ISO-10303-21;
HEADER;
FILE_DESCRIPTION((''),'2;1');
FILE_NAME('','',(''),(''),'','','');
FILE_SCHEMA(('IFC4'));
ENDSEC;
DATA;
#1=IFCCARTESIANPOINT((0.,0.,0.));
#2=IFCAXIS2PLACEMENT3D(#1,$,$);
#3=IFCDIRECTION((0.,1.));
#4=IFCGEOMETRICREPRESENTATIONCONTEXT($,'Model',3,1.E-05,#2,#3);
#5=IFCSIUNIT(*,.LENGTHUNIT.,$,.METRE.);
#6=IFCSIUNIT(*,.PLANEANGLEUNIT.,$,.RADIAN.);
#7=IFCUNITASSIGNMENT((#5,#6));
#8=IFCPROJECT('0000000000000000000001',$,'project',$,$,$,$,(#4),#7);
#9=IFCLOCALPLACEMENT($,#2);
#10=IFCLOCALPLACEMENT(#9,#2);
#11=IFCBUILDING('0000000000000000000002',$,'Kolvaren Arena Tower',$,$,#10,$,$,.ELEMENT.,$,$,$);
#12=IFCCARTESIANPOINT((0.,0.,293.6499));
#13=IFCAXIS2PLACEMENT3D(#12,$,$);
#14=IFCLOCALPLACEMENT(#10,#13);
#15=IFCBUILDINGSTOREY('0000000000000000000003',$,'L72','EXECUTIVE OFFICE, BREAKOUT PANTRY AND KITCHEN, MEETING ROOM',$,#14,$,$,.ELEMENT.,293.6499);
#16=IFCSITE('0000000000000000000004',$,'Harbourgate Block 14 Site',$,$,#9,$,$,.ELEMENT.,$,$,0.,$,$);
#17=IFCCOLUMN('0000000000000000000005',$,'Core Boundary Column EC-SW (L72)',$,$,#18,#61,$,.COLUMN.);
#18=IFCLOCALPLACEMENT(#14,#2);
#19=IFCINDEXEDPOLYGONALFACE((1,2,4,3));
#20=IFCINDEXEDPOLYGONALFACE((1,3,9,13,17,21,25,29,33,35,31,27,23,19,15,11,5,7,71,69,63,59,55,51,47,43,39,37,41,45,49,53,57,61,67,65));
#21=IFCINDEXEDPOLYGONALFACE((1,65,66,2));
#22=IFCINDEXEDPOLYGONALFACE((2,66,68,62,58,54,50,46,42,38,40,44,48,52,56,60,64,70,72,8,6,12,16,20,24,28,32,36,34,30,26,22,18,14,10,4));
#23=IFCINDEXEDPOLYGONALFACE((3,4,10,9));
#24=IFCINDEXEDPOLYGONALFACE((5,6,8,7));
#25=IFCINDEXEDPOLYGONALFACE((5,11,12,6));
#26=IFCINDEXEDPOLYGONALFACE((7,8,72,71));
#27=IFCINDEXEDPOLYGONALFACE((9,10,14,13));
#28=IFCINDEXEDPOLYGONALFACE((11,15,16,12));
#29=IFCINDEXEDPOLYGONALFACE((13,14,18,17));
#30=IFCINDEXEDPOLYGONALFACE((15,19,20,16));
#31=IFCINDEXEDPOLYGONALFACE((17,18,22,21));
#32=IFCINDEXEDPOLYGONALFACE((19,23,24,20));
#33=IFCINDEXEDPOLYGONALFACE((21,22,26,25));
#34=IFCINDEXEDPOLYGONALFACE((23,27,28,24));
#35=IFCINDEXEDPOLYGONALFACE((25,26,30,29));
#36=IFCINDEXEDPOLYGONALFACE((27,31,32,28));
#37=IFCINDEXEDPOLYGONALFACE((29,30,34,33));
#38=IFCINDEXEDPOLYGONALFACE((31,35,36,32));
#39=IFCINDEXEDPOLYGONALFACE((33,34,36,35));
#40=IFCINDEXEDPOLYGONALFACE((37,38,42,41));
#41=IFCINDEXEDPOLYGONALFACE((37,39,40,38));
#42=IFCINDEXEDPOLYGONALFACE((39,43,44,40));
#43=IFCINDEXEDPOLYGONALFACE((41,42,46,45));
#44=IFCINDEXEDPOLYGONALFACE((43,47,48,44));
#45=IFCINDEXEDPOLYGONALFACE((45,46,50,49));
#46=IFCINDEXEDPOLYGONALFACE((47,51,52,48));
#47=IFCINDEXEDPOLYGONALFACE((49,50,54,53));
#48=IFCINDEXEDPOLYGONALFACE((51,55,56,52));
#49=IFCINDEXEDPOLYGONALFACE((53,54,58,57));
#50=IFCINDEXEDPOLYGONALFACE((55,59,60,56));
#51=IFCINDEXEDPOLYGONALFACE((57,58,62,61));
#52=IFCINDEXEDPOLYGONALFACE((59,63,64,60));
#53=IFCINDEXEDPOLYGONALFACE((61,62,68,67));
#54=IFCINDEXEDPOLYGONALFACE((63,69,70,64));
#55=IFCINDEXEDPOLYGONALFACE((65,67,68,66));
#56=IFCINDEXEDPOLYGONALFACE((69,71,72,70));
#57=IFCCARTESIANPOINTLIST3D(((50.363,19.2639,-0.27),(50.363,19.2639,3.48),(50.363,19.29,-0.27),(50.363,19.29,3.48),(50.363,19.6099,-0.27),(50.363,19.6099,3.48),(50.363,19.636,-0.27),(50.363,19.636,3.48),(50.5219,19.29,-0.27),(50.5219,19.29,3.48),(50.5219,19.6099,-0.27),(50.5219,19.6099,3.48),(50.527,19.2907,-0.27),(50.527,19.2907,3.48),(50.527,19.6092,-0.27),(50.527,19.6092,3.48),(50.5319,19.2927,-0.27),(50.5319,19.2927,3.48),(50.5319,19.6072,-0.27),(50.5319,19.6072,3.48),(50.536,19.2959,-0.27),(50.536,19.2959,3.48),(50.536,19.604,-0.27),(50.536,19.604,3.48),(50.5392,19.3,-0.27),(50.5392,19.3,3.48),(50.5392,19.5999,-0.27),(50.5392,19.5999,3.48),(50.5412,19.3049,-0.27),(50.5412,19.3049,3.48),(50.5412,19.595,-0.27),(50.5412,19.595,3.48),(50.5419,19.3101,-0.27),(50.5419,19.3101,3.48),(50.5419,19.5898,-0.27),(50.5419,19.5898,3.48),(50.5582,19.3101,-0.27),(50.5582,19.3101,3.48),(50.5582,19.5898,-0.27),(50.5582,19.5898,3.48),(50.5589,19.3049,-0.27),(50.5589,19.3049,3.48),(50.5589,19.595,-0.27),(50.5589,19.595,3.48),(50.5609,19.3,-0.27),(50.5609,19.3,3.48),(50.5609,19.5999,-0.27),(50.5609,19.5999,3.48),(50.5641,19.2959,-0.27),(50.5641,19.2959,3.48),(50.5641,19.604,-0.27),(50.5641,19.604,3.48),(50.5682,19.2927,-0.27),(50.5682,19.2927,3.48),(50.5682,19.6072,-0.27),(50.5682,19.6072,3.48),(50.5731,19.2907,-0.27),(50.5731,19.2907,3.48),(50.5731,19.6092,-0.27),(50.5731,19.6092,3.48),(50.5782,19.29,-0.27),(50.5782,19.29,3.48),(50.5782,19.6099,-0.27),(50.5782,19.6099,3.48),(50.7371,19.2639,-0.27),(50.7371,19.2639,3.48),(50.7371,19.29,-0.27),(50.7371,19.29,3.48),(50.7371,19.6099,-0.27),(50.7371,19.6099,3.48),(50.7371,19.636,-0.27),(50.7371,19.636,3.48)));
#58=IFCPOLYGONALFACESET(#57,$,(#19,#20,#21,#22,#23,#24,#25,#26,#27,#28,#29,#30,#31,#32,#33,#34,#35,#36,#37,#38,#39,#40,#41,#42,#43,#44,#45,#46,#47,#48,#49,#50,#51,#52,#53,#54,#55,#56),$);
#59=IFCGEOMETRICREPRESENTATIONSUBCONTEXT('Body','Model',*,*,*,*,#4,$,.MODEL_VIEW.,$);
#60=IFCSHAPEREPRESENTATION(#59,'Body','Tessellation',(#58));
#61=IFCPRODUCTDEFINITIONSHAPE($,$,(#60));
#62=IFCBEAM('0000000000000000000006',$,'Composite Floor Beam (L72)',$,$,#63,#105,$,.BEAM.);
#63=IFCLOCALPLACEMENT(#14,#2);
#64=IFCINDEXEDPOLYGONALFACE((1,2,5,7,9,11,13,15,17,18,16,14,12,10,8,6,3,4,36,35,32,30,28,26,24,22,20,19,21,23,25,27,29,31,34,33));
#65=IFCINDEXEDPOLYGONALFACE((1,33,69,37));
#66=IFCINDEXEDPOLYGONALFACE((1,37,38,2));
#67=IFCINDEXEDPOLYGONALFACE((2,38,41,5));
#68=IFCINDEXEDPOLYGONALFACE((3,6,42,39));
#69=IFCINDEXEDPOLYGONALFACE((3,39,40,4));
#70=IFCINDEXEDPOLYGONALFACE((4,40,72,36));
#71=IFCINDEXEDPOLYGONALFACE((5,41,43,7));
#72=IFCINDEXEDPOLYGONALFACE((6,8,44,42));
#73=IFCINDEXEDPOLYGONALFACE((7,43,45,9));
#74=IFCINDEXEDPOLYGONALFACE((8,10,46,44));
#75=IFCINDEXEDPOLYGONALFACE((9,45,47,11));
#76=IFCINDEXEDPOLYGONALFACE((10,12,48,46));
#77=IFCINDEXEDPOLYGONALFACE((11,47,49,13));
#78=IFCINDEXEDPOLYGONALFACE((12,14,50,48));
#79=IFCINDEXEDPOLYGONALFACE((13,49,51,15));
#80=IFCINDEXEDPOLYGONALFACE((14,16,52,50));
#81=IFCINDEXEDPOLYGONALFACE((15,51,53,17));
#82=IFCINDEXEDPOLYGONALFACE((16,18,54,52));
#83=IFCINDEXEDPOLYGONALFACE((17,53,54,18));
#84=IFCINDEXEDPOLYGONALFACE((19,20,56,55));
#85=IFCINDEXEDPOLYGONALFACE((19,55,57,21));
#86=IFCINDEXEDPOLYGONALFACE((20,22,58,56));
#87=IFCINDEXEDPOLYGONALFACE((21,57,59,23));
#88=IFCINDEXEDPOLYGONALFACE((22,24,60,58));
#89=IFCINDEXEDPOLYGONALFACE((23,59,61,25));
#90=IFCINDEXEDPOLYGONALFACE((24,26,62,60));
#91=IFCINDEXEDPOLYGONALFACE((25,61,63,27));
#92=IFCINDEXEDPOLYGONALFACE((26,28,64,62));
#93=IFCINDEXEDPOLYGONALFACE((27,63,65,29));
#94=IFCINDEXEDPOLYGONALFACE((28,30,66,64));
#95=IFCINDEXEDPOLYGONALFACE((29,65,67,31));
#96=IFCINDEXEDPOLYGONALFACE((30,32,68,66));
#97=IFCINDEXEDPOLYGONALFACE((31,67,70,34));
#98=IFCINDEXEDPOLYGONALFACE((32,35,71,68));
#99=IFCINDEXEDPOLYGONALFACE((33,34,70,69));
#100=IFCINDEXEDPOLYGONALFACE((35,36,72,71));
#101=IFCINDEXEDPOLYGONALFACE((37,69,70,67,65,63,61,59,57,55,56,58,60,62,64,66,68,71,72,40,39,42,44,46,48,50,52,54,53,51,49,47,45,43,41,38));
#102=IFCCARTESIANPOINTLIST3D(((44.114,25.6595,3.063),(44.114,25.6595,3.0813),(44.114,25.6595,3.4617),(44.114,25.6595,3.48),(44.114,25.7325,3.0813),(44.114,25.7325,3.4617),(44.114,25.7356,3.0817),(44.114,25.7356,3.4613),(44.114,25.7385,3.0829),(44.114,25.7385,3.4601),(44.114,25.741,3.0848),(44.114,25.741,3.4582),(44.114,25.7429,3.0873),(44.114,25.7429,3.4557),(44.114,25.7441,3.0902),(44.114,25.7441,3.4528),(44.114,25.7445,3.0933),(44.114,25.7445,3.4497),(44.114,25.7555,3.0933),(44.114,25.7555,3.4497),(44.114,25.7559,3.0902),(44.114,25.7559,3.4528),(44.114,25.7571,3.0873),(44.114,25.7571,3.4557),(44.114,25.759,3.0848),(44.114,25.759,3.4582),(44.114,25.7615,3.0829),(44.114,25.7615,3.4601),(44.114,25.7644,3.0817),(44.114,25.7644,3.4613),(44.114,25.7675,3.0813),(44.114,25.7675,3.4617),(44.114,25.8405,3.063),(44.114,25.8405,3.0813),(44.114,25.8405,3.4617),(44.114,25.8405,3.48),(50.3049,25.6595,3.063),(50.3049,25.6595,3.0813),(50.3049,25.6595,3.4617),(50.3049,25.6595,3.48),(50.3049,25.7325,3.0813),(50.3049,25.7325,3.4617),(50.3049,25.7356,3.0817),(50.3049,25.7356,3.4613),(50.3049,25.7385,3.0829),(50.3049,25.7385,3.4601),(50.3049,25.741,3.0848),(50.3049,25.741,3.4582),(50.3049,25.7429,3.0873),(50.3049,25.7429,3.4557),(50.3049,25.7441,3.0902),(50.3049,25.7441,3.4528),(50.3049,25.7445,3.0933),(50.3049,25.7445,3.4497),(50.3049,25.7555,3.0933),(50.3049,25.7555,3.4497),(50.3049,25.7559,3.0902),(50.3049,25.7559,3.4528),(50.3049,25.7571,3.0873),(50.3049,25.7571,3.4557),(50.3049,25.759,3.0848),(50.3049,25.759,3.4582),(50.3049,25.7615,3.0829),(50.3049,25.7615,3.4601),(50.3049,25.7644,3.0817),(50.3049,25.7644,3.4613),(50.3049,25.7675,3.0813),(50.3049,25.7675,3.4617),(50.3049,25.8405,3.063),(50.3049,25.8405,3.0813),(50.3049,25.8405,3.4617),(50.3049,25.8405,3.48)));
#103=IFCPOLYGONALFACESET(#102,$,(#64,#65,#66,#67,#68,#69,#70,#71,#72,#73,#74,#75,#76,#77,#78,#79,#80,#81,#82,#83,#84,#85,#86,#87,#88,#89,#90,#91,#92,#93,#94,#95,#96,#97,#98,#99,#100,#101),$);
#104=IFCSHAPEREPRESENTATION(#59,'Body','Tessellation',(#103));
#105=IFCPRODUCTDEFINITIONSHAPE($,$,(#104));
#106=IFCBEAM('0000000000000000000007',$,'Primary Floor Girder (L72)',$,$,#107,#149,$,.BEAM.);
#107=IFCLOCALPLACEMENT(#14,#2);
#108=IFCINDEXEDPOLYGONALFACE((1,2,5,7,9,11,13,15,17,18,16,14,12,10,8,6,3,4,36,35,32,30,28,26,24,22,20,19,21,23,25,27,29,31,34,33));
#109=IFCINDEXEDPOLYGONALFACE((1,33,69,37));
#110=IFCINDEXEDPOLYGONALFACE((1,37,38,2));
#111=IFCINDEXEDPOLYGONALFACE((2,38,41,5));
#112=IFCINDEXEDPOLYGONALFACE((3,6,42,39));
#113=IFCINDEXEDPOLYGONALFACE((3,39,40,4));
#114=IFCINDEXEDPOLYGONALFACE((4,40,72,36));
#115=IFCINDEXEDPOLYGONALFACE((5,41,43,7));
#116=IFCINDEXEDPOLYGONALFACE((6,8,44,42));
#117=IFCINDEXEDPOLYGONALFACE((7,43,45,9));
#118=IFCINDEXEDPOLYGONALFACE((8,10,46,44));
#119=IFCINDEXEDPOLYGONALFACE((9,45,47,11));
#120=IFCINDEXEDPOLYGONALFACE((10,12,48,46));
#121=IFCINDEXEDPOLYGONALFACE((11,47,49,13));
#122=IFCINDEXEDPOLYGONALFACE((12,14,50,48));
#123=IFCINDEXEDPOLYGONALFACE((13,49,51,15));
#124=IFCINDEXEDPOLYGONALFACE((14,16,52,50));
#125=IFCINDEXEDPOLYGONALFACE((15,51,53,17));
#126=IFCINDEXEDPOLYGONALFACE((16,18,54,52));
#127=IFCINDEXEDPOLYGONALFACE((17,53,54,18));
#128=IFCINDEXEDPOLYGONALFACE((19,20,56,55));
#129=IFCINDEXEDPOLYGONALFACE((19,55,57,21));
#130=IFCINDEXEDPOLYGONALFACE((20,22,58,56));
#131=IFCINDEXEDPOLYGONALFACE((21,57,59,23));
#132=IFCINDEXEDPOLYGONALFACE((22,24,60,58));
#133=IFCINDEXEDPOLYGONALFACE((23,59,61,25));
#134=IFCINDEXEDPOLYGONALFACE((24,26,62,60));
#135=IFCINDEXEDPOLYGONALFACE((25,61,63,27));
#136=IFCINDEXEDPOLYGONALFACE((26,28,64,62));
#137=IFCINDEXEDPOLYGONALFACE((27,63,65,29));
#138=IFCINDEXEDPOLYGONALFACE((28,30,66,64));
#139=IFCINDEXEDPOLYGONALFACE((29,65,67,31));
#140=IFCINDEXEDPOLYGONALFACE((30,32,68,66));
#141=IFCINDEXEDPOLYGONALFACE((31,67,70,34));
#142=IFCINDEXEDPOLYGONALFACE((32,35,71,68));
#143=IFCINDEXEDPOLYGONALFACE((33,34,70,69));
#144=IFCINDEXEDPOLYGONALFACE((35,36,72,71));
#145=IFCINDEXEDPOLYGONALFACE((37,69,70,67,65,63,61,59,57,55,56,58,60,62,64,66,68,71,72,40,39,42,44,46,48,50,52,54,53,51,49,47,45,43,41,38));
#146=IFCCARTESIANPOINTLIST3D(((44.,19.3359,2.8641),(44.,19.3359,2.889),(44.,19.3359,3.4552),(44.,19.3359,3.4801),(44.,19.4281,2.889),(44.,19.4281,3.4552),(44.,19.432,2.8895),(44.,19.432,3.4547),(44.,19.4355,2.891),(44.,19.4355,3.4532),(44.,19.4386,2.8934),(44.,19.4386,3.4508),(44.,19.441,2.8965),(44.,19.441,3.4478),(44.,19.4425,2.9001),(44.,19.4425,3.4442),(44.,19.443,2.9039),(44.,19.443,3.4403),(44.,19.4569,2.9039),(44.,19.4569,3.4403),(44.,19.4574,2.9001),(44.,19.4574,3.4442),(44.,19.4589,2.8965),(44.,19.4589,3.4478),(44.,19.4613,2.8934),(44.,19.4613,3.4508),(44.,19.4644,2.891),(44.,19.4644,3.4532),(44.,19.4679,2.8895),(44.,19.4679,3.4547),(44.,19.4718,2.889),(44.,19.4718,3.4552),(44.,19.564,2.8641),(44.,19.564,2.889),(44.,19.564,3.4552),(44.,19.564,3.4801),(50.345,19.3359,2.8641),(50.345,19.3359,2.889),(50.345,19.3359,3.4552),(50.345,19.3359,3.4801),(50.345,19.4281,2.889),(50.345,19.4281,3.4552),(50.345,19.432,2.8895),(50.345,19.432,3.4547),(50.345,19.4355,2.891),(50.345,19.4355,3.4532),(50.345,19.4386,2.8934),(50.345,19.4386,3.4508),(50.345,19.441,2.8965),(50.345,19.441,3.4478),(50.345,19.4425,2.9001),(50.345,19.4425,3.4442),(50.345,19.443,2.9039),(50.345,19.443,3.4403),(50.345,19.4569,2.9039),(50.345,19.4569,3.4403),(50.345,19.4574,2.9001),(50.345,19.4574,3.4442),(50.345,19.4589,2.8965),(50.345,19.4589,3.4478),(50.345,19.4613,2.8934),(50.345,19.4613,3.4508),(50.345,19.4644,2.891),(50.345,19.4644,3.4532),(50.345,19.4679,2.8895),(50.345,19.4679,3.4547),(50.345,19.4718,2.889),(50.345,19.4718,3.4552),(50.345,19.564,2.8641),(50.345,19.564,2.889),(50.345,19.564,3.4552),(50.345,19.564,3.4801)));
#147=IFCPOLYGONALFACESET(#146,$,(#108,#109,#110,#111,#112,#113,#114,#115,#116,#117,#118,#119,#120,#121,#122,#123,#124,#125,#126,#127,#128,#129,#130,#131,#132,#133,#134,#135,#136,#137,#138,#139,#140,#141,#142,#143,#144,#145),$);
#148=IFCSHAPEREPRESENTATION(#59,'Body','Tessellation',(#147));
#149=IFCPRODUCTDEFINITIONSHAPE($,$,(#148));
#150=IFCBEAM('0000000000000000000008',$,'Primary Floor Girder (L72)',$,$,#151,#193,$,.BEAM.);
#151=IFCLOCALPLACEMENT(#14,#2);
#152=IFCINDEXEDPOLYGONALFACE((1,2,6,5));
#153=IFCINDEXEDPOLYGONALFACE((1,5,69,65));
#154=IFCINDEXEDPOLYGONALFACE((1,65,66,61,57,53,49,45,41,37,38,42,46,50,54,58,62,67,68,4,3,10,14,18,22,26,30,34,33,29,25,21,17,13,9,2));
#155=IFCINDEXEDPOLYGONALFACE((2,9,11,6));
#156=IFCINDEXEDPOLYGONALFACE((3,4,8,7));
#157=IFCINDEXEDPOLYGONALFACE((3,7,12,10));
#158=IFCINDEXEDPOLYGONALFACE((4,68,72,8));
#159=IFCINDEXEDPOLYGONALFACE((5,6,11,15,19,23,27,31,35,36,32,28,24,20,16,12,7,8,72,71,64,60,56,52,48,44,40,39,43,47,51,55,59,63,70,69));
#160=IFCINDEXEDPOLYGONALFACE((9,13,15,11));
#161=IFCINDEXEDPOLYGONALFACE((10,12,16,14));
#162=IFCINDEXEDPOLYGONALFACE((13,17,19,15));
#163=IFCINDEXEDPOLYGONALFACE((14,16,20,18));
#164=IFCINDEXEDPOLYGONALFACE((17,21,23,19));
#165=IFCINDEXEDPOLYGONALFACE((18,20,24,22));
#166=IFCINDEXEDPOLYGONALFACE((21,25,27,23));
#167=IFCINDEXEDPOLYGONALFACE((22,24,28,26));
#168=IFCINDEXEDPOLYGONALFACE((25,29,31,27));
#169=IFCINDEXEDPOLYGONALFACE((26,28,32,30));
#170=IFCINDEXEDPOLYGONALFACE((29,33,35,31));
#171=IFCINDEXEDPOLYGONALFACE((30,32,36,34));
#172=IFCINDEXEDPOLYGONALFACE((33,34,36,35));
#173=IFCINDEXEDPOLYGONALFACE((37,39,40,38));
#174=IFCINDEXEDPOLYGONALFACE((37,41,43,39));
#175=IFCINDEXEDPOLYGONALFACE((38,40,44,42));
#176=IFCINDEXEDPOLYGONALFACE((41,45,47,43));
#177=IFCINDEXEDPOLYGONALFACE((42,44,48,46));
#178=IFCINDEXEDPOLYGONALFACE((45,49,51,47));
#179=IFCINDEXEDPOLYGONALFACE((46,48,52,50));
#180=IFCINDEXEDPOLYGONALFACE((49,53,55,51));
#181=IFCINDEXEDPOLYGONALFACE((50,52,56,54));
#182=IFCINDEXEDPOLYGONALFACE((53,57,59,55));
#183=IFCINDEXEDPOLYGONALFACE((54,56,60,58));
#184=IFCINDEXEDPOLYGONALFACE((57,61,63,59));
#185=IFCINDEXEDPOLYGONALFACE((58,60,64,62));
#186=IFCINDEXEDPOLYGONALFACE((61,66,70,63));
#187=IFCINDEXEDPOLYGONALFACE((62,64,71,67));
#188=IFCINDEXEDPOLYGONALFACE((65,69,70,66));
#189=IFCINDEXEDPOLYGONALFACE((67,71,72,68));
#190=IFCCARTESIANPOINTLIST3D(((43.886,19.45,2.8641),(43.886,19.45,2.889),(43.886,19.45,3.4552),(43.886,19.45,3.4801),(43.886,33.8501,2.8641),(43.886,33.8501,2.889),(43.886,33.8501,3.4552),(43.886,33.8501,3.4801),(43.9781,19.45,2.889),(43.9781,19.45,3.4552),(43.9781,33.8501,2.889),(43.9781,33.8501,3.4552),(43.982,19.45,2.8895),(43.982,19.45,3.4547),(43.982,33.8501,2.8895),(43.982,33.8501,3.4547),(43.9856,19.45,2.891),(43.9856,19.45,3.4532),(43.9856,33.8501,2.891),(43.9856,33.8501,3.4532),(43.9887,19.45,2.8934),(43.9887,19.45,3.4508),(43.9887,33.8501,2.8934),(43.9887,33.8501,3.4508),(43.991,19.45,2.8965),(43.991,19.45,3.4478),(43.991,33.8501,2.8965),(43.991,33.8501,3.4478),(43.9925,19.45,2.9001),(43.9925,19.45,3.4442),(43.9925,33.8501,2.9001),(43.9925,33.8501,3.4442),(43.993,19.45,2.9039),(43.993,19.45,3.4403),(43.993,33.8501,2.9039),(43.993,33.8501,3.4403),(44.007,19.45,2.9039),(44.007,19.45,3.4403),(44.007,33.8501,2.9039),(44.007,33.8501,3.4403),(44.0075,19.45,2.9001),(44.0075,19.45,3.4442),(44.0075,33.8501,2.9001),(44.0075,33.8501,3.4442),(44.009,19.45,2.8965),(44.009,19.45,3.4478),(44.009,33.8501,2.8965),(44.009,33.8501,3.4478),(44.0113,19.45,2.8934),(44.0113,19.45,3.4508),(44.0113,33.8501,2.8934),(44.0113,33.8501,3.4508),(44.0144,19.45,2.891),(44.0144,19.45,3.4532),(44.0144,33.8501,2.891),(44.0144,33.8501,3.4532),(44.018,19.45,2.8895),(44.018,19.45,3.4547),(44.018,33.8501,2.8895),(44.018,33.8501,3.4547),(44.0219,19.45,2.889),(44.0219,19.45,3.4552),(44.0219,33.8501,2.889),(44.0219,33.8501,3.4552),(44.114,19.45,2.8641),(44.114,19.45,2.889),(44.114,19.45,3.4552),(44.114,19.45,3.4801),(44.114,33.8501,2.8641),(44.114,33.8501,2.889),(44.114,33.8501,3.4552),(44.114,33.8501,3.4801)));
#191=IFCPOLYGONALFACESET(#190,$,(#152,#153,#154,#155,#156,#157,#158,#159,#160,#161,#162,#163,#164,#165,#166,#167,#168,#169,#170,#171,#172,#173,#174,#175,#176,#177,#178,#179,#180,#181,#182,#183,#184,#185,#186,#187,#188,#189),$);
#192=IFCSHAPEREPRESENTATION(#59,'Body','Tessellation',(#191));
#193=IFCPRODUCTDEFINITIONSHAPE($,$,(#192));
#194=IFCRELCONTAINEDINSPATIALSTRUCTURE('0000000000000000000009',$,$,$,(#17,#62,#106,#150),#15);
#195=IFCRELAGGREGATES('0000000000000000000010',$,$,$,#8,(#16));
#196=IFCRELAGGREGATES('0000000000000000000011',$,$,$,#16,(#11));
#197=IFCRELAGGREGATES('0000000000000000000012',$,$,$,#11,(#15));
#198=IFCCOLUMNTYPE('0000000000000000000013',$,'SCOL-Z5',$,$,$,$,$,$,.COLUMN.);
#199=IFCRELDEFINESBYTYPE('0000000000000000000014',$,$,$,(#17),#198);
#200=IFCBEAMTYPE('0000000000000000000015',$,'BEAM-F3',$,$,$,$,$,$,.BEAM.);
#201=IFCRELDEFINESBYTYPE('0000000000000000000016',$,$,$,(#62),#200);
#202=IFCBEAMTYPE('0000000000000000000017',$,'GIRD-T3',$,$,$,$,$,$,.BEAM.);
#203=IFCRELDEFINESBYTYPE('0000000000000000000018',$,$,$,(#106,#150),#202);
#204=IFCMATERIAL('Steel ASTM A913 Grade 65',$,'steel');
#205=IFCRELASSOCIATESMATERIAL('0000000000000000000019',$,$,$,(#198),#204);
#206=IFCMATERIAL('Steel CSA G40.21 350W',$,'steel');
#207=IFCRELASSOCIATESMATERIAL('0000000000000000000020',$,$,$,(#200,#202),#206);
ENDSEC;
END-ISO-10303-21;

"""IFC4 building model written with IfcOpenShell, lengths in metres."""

from ifc_helpers import new_model, si_unit, direction, frame, origin, origin_2d, place, context, subcontext, project, spatial, i_section, extrude, material, material_profile, profile_set, type_object, element, save


model = new_model("IFC4")

# Units and contexts
model_context = context("Model", 3, precision=1e-05, world=origin(), true_north=direction((0.0, 1.0)))
body_context = subcontext(model_context, "Body", "Model", "MODEL_VIEW")
ifc_project = project(units=[si_unit("LENGTHUNIT", "METRE"), si_unit("PLANEANGLEUNIT", "RADIAN")], contexts=[model_context])

# Site, building, storey
site_placement = place(None, origin())
site = spatial("IfcSite", under=ifc_project, at=site_placement, Name="Harbourgate Block 14 Site", CompositionType="ELEMENT", RefElevation=0.0)
building_placement = place(site_placement, origin())
building = spatial("IfcBuilding", under=site, at=building_placement, Name="Kolvaren Arena Tower", CompositionType="ELEMENT")
storey_placement = place(building_placement, frame((0.0, 0.0, 293.6499)))
storey = spatial("IfcBuildingStorey", under=building, at=storey_placement, Name="L72", Description="EXECUTIVE OFFICE, BREAKOUT PANTRY AND KITCHEN, MEETING ROOM", CompositionType="ELEMENT", Elevation=293.6499)

# Column
ifc_material_1 = material(Name="Steel ASTM A913 Grade 65", Category="steel")
ifc_material_profile_1 = material_profile(ifc_material_1, i_section(OverallWidth=0.374, OverallDepth=0.3721, WebThickness=0.0164, FlangeThickness=0.0261, FilletRadius=0.02, at=origin_2d()), Name="W360x196")
ifc_profile_set_1 = profile_set([ifc_material_profile_1], Name="Steel ASTM A913 Grade 65")
column_type = type_object("IfcColumnType", Name="SCOL-Z5", PredefinedType="COLUMN", material=ifc_profile_set_1)
column_placement = place(storey_placement, frame((50.55, 19.45, -0.27), z_axis=(0.0, 0.0, 1.0), x_axis=(1.0, 0.0, 0.0)))
element("IfcColumn", 1, at=column_placement, inside=storey, type_object=column_type, Name="Core Boundary Column EC-SW (L72)", PredefinedType="COLUMN", context=body_context, shape_type="SweptSolid", body=[
    extrude(i_section(OverallWidth=0.374, OverallDepth=0.3721, WebThickness=0.0164, FlangeThickness=0.0261, FilletRadius=0.02, at=origin_2d()), origin(), (0.0, 0.0, 1.0), 3.75),
])

# Beams
ifc_material_2 = material(Name="Steel CSA G40.21 350W", Category="steel")
ifc_material_profile_2 = material_profile(ifc_material_2, i_section(OverallWidth=0.1809, OverallDepth=0.417, WebThickness=0.011, FlangeThickness=0.0183, FilletRadius=0.012, at=origin_2d()), Name="W410x85")
ifc_profile_set_2 = profile_set([ifc_material_profile_2], Name="Steel CSA G40.21 350W")
beam_type_1 = type_object("IfcBeamType", Name="BEAM-F3", PredefinedType="BEAM", material=ifc_profile_set_2)
beam_1_placement = place(storey_placement, frame((44.114, 25.75, 3.2715), z_axis=(1.0, 0.0, 0.0), x_axis=(0.0, 1.0, 0.0)))
element("IfcBeam", 2, at=beam_1_placement, inside=storey, type_object=beam_type_1, Name="Composite Floor Beam (L72)", PredefinedType="BEAM", context=body_context, shape_type="SweptSolid", body=[
    extrude(i_section(OverallWidth=0.1809, OverallDepth=0.417, WebThickness=0.011, FlangeThickness=0.0183, FilletRadius=0.012, at=origin_2d()), origin(), (0.0, 0.0, 1.0), 6.1909),
])
ifc_material_profile_3 = material_profile(ifc_material_2, i_section(OverallWidth=0.228, OverallDepth=0.616, WebThickness=0.0139, FlangeThickness=0.0249, FilletRadius=0.0149, at=origin_2d()), Name="W610x174")
ifc_profile_set_3 = profile_set([ifc_material_profile_3], Name="Steel CSA G40.21 350W")
beam_type_2 = type_object("IfcBeamType", Name="GIRD-T3", PredefinedType="BEAM", material=ifc_profile_set_3)
beam_2_placement = place(storey_placement, frame((44.0, 19.45, 3.1721), z_axis=(1.0, 0.0, 0.0), x_axis=(0.0, 1.0, 0.0)))
element("IfcBeam", 3, at=beam_2_placement, inside=storey, type_object=beam_type_2, Name="Primary Floor Girder (L72)", PredefinedType="BEAM", context=body_context, shape_type="SweptSolid", body=[
    extrude(i_section(OverallWidth=0.228, OverallDepth=0.616, WebThickness=0.0139, FlangeThickness=0.0249, FilletRadius=0.0149, at=origin_2d()), origin(), (0.0, 0.0, 1.0), 6.345),
])
beam_3_placement = place(storey_placement, frame((44.0, 19.45, 3.1721), z_axis=(0.0, 1.0, 0.0), x_axis=(-1.0, 0.0, 0.0)))
element("IfcBeam", 4, at=beam_3_placement, inside=storey, type_object=beam_type_2, Name="Primary Floor Girder (L72)", PredefinedType="BEAM", context=body_context, shape_type="SweptSolid", body=[
    extrude(i_section(OverallWidth=0.228, OverallDepth=0.616, WebThickness=0.0139, FlangeThickness=0.0249, FilletRadius=0.0149, at=origin_2d()), origin(), (0.0, 0.0, 1.0), 14.4001),
])

save(model, "model.ifc")
